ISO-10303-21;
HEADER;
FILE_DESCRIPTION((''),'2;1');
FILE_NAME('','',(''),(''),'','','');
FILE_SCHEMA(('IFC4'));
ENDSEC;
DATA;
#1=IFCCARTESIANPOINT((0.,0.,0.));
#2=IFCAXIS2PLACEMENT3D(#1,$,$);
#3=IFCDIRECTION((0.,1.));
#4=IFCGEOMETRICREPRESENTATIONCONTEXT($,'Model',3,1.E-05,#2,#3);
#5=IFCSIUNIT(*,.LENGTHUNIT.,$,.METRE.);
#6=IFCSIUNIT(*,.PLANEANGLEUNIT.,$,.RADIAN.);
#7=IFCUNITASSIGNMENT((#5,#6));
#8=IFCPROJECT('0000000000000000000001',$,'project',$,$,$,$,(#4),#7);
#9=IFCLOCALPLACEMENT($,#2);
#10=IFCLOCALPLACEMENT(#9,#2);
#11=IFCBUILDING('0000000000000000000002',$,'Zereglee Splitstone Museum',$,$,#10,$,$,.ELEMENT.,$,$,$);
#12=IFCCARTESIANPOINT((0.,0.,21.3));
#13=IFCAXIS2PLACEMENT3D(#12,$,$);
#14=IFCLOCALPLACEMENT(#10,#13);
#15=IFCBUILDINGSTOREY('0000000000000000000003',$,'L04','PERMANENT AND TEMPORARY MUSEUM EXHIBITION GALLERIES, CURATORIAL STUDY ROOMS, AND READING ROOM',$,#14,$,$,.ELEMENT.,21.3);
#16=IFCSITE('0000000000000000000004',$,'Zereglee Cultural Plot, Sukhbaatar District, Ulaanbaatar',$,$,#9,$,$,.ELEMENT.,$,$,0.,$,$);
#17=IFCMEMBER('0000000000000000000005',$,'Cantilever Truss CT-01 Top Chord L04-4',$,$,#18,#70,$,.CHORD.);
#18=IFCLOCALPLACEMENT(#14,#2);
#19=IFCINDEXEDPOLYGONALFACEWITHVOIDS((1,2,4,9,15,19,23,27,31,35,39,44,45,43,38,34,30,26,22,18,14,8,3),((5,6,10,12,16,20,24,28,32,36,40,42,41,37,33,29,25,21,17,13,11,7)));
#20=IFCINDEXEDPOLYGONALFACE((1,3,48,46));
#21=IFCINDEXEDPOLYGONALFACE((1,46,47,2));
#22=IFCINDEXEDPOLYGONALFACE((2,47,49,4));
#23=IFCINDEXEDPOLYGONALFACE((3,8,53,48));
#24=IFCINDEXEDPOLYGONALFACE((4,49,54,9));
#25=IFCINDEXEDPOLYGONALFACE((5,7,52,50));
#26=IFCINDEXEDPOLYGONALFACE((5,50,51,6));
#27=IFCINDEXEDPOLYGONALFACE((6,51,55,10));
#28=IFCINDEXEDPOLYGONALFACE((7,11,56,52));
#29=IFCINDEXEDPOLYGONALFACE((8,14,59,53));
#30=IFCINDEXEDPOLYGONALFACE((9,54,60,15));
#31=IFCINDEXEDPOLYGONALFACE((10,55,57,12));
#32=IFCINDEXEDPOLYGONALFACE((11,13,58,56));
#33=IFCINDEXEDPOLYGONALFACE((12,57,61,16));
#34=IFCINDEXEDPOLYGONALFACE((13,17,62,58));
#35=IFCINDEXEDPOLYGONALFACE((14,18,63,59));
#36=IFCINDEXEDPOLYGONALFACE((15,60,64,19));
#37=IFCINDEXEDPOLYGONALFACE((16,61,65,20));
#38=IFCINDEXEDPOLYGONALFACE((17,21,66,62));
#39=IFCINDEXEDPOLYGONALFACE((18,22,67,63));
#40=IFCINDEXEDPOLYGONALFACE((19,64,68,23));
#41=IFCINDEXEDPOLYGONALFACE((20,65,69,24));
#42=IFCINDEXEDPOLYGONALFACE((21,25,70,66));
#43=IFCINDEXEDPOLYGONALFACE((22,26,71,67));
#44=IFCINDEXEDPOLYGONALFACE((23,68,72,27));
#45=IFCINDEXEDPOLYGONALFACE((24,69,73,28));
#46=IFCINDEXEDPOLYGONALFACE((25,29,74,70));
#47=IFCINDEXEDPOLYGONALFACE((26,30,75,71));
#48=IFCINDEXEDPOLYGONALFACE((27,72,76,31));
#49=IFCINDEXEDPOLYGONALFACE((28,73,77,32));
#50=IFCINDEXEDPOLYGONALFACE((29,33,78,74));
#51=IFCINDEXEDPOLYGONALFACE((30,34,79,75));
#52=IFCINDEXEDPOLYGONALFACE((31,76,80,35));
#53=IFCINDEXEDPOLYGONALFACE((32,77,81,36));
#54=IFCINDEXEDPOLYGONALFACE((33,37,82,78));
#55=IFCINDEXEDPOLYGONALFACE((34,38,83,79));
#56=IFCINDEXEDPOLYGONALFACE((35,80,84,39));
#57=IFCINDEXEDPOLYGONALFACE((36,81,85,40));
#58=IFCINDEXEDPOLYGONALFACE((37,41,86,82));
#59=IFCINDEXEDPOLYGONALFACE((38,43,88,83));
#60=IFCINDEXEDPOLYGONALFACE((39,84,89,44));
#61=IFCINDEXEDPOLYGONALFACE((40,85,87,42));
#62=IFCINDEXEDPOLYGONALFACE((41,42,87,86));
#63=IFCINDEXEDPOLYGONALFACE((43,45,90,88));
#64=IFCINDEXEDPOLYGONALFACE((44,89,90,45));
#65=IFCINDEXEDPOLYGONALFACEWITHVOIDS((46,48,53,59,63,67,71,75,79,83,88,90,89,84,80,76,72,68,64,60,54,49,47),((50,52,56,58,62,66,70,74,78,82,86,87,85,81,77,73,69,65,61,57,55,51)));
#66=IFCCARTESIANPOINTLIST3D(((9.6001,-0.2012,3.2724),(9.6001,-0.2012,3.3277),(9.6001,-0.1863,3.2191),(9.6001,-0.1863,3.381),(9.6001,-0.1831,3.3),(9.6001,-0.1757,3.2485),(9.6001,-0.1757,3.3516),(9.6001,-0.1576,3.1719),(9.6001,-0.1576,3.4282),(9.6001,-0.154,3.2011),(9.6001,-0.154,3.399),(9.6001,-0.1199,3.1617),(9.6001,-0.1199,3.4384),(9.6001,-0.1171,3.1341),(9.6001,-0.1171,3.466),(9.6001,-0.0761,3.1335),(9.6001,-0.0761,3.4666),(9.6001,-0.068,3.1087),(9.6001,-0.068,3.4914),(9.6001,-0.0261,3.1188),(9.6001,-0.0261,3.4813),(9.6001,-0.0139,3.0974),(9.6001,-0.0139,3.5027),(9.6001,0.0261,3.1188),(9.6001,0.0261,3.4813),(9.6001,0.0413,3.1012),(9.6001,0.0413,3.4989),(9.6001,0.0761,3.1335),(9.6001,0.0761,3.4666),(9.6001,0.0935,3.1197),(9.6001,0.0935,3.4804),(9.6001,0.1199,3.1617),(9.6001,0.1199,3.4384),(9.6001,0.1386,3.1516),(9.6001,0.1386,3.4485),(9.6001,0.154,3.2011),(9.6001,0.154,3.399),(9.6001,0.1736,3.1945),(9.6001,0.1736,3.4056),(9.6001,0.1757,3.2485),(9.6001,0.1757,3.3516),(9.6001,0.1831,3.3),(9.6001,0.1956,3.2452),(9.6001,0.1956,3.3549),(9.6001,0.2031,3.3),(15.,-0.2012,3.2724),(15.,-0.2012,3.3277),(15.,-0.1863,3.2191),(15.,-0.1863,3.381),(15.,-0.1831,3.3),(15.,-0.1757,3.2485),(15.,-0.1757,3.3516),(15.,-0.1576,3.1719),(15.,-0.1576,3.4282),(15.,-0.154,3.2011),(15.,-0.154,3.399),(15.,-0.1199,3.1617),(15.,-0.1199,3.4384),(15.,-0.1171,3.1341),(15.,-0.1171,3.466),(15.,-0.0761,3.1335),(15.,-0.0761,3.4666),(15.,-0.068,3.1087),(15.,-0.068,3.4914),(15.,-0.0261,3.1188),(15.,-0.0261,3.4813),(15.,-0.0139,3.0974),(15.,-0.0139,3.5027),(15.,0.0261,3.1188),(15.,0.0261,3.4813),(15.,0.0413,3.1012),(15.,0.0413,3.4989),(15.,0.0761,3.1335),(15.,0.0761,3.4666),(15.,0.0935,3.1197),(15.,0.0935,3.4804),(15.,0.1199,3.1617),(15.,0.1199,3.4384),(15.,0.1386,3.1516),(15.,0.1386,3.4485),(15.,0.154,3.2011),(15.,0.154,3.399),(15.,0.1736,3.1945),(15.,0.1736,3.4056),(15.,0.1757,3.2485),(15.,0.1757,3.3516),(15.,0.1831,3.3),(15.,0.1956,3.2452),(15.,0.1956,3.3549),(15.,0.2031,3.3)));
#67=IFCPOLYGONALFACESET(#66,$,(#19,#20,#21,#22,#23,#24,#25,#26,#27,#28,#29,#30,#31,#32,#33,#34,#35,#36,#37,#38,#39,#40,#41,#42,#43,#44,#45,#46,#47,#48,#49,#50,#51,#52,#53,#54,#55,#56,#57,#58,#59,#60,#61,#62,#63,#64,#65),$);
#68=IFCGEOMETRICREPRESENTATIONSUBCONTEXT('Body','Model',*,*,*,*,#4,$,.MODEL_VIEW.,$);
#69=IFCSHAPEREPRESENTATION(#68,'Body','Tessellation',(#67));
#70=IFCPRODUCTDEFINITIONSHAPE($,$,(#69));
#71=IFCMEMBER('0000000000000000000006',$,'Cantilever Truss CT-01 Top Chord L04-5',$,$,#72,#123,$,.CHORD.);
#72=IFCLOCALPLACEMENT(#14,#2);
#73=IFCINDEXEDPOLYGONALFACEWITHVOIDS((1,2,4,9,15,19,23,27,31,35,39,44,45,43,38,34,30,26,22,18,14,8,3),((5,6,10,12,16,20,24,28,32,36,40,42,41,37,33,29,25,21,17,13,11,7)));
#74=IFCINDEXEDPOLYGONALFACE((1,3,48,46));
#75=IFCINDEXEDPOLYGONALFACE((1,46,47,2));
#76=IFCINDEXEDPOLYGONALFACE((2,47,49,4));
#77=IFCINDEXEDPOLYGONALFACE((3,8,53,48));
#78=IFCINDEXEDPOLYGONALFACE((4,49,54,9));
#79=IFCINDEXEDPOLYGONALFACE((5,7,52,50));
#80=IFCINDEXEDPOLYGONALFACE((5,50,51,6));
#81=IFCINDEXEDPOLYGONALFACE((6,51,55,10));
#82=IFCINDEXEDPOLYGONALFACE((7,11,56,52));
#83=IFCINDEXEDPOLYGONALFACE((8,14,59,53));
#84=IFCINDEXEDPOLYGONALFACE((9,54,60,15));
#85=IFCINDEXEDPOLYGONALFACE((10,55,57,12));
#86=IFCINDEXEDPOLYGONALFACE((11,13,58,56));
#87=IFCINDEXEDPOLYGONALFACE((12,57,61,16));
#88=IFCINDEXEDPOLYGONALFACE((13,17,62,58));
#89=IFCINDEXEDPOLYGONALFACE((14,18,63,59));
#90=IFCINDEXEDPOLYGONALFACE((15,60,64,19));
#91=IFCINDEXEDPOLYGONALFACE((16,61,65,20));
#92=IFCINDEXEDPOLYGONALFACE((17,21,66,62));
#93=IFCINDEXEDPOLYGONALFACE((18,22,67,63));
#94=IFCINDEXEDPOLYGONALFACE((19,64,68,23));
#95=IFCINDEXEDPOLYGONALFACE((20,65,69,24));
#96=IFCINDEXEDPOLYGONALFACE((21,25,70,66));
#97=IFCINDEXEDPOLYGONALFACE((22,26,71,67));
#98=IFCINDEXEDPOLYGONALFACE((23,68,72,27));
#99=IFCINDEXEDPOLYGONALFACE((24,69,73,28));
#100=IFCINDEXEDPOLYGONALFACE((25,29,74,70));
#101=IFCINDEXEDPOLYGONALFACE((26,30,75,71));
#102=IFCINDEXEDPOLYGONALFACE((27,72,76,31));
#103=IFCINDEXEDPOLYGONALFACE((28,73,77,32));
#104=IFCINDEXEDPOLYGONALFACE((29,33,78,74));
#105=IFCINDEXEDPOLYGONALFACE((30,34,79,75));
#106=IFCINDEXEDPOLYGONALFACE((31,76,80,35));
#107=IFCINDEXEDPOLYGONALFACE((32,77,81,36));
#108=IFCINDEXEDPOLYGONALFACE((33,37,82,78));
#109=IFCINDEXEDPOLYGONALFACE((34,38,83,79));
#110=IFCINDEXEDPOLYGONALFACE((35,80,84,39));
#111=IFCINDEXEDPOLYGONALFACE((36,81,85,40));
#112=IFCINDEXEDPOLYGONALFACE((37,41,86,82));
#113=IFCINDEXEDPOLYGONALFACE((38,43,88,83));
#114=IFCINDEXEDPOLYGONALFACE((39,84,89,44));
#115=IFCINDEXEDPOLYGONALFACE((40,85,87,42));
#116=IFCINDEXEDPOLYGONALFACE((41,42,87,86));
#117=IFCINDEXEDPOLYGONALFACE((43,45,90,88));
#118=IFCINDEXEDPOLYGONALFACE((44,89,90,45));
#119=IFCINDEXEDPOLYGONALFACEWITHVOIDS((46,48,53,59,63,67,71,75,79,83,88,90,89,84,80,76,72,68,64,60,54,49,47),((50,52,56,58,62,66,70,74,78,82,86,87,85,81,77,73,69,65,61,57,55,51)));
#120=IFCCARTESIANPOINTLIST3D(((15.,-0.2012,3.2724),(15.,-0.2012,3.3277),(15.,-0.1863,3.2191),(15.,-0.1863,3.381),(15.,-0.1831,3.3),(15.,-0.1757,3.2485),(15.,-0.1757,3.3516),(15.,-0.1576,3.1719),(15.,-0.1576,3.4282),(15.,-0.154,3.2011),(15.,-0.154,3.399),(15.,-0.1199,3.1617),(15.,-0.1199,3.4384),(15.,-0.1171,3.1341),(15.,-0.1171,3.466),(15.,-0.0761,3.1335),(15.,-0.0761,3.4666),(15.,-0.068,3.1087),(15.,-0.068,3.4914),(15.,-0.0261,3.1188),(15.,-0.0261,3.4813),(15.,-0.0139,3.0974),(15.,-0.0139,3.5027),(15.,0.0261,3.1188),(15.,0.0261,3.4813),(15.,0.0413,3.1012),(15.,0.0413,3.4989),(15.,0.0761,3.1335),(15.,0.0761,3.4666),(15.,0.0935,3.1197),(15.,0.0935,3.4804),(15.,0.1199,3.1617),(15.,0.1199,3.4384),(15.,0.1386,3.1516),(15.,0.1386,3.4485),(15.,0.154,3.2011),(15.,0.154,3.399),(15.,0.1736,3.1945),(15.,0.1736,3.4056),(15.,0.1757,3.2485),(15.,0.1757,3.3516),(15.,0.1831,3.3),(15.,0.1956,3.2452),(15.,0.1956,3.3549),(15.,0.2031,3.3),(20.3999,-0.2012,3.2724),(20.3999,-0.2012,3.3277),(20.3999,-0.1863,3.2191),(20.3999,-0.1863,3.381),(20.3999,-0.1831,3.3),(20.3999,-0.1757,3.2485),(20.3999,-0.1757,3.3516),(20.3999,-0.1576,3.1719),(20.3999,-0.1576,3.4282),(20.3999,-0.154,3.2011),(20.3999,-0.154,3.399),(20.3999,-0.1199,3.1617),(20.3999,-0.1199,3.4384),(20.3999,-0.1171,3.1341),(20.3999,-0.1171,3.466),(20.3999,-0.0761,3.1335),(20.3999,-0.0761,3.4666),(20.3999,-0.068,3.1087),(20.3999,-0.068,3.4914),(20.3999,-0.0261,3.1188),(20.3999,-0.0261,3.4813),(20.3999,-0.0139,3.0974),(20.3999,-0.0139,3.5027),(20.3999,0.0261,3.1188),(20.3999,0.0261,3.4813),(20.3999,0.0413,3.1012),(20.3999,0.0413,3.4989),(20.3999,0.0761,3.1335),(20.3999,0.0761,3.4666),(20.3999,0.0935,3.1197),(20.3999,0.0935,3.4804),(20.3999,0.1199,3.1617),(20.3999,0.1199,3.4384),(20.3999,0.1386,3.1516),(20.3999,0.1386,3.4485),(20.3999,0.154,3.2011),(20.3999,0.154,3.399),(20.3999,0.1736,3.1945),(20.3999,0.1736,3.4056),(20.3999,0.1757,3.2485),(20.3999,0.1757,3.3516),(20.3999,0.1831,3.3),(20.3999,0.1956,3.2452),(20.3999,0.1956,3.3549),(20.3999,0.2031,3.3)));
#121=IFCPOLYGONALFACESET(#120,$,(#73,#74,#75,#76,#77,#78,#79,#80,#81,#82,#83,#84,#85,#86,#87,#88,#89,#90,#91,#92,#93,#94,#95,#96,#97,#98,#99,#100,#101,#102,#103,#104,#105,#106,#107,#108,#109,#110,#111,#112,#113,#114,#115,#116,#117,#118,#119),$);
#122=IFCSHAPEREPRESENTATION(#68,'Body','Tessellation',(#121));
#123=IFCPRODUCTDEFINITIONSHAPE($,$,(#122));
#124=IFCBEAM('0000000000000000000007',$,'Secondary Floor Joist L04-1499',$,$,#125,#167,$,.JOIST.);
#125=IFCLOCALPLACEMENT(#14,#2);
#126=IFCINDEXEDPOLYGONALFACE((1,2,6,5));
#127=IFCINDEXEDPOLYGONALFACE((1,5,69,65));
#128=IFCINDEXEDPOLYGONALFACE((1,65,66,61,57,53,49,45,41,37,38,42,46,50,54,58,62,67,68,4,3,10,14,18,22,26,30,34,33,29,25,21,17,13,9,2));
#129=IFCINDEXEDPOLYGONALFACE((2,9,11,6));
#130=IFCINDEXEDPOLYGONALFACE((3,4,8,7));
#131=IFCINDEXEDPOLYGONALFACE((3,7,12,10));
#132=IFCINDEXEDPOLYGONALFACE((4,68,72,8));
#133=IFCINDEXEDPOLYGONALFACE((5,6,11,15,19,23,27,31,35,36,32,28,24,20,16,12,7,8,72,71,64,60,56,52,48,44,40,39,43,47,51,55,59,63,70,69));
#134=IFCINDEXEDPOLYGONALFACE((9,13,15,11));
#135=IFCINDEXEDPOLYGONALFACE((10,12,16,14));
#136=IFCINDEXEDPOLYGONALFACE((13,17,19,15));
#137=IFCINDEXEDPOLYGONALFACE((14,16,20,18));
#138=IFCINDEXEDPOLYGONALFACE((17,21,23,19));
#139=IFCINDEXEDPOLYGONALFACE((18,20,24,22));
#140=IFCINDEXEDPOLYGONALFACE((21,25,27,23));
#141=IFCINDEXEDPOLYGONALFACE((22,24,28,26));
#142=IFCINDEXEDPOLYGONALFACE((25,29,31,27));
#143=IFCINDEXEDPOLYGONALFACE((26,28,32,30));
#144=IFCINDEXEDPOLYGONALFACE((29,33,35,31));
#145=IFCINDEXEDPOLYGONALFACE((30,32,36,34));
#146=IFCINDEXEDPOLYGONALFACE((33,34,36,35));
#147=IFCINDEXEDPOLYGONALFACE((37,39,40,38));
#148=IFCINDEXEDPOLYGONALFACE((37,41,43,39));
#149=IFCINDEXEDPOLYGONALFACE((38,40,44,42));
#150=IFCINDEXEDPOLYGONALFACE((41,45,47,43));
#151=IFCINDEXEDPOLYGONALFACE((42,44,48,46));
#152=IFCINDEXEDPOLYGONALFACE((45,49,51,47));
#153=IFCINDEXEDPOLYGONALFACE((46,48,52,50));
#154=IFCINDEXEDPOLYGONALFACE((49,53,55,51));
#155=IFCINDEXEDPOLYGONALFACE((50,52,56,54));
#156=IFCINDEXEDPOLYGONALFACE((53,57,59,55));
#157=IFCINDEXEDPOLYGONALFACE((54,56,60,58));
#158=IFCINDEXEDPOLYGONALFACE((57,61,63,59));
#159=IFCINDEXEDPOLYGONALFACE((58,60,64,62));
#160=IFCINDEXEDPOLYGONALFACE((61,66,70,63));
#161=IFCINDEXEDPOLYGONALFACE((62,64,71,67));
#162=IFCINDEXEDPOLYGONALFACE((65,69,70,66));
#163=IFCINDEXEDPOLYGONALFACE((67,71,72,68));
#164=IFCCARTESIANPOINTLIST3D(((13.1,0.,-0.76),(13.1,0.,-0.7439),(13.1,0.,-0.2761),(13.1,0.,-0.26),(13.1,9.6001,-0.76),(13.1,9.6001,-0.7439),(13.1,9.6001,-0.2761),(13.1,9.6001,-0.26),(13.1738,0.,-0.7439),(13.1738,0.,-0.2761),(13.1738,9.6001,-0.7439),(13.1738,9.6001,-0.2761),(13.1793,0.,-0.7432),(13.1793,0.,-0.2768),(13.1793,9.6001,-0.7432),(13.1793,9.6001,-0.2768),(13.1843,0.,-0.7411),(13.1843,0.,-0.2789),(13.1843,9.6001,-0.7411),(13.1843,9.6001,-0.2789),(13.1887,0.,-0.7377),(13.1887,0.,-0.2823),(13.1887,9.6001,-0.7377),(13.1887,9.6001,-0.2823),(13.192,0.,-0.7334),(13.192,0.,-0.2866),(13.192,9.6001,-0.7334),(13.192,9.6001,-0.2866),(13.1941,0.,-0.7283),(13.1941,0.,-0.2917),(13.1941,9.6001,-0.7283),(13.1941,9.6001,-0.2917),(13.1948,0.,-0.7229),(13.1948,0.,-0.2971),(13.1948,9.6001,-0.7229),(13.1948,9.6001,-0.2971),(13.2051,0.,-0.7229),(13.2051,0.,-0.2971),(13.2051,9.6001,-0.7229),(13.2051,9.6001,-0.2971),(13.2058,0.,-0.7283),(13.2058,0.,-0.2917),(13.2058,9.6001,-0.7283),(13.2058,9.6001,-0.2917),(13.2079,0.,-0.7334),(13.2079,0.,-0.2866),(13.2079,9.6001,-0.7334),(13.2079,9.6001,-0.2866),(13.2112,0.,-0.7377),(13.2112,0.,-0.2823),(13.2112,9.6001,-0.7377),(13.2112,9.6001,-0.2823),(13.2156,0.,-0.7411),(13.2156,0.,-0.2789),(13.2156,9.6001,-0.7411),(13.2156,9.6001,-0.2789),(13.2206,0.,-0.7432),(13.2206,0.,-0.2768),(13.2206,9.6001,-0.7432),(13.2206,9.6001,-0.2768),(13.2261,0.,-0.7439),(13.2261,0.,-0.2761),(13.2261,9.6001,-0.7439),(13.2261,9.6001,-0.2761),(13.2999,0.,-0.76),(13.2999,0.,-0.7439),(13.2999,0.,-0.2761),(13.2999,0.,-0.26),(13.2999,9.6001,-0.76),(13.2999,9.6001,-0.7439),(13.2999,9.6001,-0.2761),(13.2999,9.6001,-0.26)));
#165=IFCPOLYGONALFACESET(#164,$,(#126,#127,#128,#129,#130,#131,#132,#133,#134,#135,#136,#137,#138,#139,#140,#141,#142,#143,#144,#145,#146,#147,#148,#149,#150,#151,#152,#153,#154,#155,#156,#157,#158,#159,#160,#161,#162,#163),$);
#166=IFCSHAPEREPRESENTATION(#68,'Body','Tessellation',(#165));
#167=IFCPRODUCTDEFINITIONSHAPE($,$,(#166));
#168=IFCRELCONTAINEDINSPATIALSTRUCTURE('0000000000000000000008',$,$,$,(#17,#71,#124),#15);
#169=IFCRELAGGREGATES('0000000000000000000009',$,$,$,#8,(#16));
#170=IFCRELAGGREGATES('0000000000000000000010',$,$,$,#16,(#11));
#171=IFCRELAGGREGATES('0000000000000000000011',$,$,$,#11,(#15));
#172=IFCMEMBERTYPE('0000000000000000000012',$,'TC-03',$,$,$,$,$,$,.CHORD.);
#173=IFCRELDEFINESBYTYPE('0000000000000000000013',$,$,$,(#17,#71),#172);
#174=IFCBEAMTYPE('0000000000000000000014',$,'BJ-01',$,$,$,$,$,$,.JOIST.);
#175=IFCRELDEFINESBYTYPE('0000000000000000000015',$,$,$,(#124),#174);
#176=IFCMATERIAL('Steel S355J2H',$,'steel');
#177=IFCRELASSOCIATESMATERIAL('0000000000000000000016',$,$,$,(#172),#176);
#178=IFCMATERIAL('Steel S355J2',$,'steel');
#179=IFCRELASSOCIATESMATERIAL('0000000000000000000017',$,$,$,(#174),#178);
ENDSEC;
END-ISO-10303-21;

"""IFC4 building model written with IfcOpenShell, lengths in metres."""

from ifc_helpers import new_model, si_unit, direction, frame, origin, origin_2d, place, context, subcontext, project, spatial, hollow_circle, i_section, extrude, material, material_profile, profile_set, type_object, element, save


model = new_model("IFC4")

# Units and contexts
model_context = context("Model", 3, precision=1e-05, world=origin(), true_north=direction((0.0, 1.0)))
body_context = subcontext(model_context, "Body", "Model", "MODEL_VIEW")
ifc_project = project(units=[si_unit("LENGTHUNIT", "METRE"), si_unit("PLANEANGLEUNIT", "RADIAN")], contexts=[model_context])

# Site, building, storey
site_placement = place(None, origin())
site = spatial("IfcSite", under=ifc_project, at=site_placement, Name="Zereglee Cultural Plot, Sukhbaatar District, Ulaanbaatar", CompositionType="ELEMENT", RefElevation=0.0)
building_placement = place(site_placement, origin())
building = spatial("IfcBuilding", under=site, at=building_placement, Name="Zereglee Splitstone Museum", CompositionType="ELEMENT")
storey_placement = place(building_placement, frame((0.0, 0.0, 21.3)))
storey = spatial("IfcBuildingStorey", under=building, at=storey_placement, Name="L04", Description="PERMANENT AND TEMPORARY MUSEUM EXHIBITION GALLERIES, CURATORIAL STUDY ROOMS, AND READING ROOM", CompositionType="ELEMENT", Elevation=21.3)

# Shared definitions
ifc_material_1 = material(Name="Steel S355J2H", Category="steel")

# Members
ifc_material_profile_1 = material_profile(ifc_material_1, hollow_circle(Radius=0.2031, WallThickness=0.02, at=origin_2d()), Name="CHS 406.4x20")
ifc_profile_set_1 = profile_set([ifc_material_profile_1], Name="Steel S355J2H")
member_type_1 = type_object("IfcMemberType", Name="TC-03", PredefinedType="CHORD", material=ifc_profile_set_1)
for number, where, z_axis, x_axis, name in (
    (1, (9.6001, 0.0, 3.3), (1.0, 0.0, 0.0), (0.0, 1.0, 0.0), "Cantilever Truss CT-01 Top Chord L04-4"),
    (2, (15.0, 0.0, 3.3), (1.0, 0.0, 0.0), (0.0, 1.0, 0.0), "Cantilever Truss CT-01 Top Chord L04-5"),
):
    element("IfcMember", number, at=place(storey_placement, frame(where, z_axis=z_axis, x_axis=x_axis)), inside=storey, type_object=member_type_1, Name=name, PredefinedType="CHORD", context=body_context, shape_type="SweptSolid", body=[
        extrude(hollow_circle(Radius=0.2031, WallThickness=0.02, at=origin_2d()), origin(), (0.0, 0.0, 1.0), 5.3999),
    ])

# Beam
ifc_material_2 = material(Name="Steel S355J2", Category="steel")
ifc_material_profile_2 = material_profile(ifc_material_2, i_section(OverallWidth=0.2, OverallDepth=0.5, WebThickness=0.0103, FlangeThickness=0.0161, FilletRadius=0.021, at=origin_2d()), Name="IPE 500")
ifc_profile_set_2 = profile_set([ifc_material_profile_2], Name="Steel S355J2")
beam_type_1 = type_object("IfcBeamType", Name="BJ-01", PredefinedType="JOIST", material=ifc_profile_set_2)
for number, where, z_axis, x_axis, name in (
    (3, (13.2, 0.0, -0.51), (0.0, 1.0, 0.0), (-1.0, 0.0, 0.0), "Secondary Floor Joist L04-1499"),
):
    element("IfcBeam", number, at=place(storey_placement, frame(where, z_axis=z_axis, x_axis=x_axis)), inside=storey, type_object=beam_type_1, Name=name, PredefinedType="JOIST", context=body_context, shape_type="SweptSolid", body=[
        extrude(i_section(OverallWidth=0.2, OverallDepth=0.5, WebThickness=0.0103, FlangeThickness=0.0161, FilletRadius=0.021, at=origin_2d()), origin(), (0.0, 0.0, 1.0), 9.6001),
    ])

save(model, "model.ifc")
